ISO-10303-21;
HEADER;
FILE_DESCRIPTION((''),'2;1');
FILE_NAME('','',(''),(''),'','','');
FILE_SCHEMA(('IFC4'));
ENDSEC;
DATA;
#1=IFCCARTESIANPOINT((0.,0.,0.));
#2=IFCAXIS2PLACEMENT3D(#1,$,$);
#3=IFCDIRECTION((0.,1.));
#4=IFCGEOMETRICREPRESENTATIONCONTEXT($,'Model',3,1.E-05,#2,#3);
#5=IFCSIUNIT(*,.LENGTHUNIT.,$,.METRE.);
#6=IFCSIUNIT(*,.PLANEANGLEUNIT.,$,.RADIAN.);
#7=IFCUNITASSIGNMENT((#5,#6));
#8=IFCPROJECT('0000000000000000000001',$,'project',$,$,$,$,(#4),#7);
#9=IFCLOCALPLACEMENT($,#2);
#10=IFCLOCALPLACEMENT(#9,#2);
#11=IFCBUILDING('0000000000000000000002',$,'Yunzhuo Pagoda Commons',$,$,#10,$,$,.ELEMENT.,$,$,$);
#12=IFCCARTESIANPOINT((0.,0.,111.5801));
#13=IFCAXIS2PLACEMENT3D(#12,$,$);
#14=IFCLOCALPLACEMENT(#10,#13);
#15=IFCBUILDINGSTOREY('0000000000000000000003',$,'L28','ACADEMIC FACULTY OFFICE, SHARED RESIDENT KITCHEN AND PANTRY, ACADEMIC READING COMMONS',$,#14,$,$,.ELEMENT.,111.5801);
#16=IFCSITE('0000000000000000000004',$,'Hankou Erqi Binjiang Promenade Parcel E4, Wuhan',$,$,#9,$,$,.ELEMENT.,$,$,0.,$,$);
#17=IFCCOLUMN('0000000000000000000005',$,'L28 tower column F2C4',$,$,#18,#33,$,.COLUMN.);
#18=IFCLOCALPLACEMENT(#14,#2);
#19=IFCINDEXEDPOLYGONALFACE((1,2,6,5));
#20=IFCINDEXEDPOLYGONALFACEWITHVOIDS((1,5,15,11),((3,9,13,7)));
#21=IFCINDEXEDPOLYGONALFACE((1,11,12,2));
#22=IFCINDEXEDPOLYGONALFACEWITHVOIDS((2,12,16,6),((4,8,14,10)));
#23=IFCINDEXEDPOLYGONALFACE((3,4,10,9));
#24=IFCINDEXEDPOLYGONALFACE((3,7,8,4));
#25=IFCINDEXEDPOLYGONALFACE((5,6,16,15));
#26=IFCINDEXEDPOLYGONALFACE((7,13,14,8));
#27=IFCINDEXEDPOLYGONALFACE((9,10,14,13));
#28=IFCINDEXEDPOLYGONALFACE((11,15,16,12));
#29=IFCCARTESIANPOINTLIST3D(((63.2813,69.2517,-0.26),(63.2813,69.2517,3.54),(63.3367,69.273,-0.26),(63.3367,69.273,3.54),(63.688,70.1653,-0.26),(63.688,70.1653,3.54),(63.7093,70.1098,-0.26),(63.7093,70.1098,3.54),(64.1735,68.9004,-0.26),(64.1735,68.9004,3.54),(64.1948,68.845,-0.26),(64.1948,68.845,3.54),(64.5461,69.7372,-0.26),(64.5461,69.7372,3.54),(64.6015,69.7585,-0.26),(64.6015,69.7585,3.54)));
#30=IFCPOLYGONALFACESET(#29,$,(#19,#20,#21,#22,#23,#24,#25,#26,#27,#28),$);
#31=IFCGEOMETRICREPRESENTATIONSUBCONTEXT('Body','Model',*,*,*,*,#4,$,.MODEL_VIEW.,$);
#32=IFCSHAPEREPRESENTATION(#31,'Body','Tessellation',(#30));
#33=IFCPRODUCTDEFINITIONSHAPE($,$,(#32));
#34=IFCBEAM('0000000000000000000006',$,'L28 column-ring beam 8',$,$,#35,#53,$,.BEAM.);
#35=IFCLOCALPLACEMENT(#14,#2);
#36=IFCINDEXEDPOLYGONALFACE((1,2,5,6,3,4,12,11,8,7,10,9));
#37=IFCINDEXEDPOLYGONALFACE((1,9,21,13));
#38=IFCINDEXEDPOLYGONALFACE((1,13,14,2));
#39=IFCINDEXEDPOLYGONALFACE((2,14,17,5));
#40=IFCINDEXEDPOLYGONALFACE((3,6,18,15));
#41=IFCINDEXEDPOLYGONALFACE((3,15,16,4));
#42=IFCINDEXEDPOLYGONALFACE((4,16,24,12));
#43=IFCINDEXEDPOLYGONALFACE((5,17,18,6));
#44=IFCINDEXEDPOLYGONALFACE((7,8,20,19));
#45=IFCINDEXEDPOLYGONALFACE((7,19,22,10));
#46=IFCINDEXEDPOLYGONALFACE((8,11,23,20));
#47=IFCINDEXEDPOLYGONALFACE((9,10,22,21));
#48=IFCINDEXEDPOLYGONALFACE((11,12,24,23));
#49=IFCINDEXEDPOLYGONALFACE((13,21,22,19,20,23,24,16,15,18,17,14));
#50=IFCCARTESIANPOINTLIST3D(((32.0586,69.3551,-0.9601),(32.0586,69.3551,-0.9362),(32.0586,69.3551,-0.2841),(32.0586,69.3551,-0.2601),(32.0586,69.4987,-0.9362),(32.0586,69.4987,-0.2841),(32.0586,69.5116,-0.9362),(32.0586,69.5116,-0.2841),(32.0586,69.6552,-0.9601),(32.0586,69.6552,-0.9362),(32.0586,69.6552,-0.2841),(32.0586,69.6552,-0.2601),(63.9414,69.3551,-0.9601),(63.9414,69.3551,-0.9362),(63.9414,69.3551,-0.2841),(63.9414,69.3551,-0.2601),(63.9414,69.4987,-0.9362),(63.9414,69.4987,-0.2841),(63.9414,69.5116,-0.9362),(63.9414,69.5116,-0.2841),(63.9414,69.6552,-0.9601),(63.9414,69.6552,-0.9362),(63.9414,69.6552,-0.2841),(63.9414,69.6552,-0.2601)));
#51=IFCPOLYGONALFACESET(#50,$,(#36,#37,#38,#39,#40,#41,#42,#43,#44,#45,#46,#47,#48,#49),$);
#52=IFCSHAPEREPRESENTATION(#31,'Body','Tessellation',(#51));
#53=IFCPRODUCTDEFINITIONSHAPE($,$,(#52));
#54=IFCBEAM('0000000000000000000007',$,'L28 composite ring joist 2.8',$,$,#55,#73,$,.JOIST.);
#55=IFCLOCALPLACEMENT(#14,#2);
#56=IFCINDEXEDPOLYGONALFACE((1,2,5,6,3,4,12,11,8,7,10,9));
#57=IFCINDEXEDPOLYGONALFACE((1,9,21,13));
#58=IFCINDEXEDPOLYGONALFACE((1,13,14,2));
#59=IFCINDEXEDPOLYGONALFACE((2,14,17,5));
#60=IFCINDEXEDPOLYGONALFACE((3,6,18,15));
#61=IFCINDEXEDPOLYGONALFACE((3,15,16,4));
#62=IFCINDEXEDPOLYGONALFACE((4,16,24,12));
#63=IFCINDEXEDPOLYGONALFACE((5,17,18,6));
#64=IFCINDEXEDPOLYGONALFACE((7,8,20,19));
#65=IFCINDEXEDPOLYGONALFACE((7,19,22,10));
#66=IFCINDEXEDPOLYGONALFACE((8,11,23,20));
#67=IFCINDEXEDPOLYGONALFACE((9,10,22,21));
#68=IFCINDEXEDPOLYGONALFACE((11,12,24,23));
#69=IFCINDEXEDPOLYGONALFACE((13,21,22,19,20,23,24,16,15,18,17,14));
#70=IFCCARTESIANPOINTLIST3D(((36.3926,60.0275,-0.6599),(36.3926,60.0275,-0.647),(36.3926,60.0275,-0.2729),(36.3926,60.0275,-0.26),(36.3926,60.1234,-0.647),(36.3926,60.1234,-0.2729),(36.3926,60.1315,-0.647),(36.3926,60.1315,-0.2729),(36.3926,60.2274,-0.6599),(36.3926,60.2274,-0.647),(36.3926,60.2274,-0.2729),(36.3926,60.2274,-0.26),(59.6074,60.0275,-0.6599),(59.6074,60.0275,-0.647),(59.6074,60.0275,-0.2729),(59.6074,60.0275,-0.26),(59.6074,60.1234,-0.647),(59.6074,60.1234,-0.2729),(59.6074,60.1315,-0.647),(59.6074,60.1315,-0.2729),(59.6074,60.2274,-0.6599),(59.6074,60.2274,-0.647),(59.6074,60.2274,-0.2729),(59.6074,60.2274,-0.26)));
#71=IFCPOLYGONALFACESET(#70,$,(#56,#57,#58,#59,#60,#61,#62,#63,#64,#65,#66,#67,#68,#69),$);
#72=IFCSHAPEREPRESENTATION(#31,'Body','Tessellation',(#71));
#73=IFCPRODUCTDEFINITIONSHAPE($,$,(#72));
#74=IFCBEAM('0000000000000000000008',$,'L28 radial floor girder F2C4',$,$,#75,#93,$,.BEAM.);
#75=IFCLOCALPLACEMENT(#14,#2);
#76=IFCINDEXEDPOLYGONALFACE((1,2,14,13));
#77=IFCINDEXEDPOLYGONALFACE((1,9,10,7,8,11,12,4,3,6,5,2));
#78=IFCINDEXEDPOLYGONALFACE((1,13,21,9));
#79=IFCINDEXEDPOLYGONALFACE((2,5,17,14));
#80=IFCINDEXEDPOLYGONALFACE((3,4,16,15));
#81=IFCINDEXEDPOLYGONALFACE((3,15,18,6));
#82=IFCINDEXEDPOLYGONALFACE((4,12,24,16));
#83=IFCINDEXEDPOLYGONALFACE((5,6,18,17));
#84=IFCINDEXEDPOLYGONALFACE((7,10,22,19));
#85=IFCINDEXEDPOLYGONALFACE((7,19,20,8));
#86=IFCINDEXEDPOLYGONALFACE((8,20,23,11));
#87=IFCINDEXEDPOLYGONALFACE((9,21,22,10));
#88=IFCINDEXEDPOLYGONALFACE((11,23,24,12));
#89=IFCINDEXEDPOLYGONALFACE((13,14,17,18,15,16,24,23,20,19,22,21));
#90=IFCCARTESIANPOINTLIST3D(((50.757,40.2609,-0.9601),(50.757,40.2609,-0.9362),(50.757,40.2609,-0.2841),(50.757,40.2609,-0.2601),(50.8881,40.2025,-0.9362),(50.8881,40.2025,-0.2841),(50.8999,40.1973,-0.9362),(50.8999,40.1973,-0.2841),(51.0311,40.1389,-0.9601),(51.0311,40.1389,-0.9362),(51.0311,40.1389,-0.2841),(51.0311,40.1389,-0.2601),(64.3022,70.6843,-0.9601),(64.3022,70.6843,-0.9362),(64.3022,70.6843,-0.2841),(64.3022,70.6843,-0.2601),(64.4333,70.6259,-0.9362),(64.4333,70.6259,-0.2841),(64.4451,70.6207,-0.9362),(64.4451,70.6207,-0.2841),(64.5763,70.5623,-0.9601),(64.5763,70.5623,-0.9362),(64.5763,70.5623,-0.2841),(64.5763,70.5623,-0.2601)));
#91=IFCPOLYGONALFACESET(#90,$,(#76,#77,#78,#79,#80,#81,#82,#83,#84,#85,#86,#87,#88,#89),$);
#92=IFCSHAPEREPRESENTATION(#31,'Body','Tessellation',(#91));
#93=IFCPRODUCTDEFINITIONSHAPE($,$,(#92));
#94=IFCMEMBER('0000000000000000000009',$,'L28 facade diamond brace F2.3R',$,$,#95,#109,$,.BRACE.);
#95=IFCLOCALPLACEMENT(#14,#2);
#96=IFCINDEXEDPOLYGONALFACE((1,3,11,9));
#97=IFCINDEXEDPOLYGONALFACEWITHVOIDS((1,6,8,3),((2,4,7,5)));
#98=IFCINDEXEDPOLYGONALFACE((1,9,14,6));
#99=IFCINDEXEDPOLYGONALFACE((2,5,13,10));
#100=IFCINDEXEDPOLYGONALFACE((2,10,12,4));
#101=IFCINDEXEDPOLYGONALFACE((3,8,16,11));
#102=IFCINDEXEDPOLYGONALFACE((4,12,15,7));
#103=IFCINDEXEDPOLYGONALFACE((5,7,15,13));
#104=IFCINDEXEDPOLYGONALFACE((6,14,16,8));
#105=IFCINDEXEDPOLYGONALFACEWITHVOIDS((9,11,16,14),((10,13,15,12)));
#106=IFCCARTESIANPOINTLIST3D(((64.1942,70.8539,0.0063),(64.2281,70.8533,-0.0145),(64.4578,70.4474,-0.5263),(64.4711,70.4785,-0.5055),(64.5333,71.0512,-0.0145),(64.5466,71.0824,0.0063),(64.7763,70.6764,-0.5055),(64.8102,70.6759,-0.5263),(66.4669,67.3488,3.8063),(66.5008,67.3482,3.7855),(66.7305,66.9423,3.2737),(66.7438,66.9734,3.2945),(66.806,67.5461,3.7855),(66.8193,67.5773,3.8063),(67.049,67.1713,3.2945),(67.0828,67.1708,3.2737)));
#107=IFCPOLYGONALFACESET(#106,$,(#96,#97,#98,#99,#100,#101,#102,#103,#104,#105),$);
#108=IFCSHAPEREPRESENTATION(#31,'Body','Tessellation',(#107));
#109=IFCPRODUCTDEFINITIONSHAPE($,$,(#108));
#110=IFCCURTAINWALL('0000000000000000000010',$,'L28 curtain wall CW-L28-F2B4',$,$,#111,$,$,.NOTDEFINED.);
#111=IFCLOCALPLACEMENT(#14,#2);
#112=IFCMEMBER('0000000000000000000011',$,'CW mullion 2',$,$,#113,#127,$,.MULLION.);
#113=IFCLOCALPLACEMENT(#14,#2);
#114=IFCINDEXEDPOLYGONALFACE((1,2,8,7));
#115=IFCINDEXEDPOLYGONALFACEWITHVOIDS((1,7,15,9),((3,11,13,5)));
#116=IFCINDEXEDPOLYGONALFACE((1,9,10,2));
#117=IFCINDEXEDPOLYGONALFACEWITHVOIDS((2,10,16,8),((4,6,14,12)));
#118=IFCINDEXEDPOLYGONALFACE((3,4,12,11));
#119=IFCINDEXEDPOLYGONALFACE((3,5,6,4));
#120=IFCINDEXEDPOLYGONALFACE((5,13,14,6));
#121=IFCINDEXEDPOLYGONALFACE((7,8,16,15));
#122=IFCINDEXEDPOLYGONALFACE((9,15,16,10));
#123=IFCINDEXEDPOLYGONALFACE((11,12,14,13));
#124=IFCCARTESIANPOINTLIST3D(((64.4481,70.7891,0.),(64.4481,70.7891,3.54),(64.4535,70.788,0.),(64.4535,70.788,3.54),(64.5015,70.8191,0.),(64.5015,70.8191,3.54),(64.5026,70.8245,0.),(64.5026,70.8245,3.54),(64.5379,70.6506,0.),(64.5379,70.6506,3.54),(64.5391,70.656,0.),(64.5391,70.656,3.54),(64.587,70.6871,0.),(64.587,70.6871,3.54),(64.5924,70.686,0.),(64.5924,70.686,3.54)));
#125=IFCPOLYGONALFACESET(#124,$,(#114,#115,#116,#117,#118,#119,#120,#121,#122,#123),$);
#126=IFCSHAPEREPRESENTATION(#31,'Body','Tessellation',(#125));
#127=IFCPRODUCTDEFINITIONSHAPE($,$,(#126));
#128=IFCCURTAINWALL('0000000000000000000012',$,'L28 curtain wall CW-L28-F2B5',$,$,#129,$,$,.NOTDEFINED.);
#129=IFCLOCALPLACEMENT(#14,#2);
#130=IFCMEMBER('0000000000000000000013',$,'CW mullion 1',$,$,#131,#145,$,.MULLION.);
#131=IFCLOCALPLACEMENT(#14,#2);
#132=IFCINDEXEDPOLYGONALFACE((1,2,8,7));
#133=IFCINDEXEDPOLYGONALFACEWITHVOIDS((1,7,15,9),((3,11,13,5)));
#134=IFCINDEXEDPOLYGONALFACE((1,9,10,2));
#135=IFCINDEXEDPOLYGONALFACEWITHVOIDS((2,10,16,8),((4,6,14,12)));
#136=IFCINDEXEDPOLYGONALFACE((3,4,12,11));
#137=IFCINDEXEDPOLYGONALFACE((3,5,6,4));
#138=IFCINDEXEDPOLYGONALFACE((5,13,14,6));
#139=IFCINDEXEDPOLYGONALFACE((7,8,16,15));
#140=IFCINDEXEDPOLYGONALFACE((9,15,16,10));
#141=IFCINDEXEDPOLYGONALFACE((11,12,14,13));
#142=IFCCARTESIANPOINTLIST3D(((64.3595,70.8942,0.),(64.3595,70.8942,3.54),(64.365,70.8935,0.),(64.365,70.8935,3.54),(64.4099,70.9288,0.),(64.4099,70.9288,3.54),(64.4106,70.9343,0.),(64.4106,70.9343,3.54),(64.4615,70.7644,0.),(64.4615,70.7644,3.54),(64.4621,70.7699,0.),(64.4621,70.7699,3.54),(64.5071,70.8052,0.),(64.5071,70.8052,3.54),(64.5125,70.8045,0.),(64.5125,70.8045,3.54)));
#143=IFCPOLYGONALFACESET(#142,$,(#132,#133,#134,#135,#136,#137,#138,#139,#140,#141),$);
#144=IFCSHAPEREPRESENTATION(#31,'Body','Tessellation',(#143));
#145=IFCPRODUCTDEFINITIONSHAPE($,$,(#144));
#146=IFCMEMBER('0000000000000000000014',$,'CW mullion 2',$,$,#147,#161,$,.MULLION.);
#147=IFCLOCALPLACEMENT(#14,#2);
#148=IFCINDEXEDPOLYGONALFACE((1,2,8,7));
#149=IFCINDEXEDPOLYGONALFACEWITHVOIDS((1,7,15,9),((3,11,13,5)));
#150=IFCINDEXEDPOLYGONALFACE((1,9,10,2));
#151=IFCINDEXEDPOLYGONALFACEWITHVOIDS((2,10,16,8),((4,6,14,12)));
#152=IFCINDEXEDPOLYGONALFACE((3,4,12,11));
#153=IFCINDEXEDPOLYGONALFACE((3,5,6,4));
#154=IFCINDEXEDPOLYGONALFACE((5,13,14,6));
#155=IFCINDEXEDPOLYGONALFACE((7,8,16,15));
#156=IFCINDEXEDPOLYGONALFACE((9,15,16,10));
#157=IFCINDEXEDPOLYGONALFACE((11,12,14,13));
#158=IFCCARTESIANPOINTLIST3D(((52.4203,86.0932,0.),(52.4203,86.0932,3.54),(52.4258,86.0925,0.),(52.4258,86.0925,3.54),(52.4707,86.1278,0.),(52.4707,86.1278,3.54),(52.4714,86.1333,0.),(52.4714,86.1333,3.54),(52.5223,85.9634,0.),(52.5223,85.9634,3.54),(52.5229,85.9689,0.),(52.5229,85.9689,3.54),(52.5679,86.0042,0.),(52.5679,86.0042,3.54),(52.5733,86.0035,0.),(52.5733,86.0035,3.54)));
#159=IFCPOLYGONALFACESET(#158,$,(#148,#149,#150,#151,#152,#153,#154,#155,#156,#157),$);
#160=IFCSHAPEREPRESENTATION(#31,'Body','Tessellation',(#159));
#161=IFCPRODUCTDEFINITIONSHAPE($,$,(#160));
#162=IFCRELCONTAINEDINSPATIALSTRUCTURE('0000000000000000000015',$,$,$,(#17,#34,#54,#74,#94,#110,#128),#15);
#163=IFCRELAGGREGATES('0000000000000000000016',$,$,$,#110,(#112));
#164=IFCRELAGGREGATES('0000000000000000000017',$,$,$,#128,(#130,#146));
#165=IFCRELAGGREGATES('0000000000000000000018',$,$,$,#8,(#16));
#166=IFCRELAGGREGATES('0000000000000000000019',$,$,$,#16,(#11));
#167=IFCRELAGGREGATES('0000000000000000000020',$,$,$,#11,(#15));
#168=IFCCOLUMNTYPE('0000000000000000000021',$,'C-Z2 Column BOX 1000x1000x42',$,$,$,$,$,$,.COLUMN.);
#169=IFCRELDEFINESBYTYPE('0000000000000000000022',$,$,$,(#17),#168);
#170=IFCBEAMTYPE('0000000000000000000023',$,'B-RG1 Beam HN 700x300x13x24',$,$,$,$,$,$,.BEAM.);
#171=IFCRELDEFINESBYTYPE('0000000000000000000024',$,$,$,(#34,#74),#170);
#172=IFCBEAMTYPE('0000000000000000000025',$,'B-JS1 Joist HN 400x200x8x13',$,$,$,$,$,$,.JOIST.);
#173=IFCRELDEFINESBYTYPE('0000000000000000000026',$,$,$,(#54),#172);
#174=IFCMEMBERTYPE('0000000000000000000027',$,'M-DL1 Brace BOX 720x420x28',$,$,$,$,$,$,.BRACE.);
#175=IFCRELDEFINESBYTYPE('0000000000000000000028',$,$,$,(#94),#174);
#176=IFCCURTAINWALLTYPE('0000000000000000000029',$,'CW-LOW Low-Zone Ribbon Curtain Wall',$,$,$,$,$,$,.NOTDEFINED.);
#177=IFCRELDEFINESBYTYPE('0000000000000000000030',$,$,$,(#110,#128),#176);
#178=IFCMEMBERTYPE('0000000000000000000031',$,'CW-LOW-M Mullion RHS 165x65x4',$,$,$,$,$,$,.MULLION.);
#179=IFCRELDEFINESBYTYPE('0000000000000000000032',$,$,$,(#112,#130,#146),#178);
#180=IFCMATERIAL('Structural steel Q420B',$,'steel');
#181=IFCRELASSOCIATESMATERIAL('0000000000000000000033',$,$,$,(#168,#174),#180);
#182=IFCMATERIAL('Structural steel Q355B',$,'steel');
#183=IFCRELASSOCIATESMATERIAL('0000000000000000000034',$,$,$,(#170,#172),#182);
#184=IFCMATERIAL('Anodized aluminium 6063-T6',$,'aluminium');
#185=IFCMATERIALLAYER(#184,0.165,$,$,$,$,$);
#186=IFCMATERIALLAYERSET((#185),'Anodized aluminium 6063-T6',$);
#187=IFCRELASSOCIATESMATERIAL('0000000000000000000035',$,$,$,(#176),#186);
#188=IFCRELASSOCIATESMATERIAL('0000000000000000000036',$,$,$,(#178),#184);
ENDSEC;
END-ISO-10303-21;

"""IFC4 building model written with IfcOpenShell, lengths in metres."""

from ifc_helpers import new_model, si_unit, direction, frame, origin, origin_2d, place, context, subcontext, project, spatial, hollow_rectangle, i_section, extrude, source, transform, mapped, material, layer, layer_set, material_profile, profile_set, type_object, element, aggregate, save


model = new_model("IFC4")

# Units and contexts
model_context = context("Model", 3, precision=1e-05, world=origin(), true_north=direction((0.0, 1.0)))
body_context = subcontext(model_context, "Body", "Model", "MODEL_VIEW")
ifc_project = project(units=[si_unit("LENGTHUNIT", "METRE"), si_unit("PLANEANGLEUNIT", "RADIAN")], contexts=[model_context])

# Site, building, storey
site_placement = place(None, origin())
site = spatial("IfcSite", under=ifc_project, at=site_placement, Name="Hankou Erqi Binjiang Promenade Parcel E4, Wuhan", CompositionType="ELEMENT", RefElevation=0.0)
building_placement = place(site_placement, origin())
building = spatial("IfcBuilding", under=site, at=building_placement, Name="Yunzhuo Pagoda Commons", CompositionType="ELEMENT")
storey_placement = place(building_placement, frame((0.0, 0.0, 111.5801)))
storey = spatial("IfcBuildingStorey", under=building, at=storey_placement, Name="L28", Description="ACADEMIC FACULTY OFFICE, SHARED RESIDENT KITCHEN AND PANTRY, ACADEMIC READING COMMONS", CompositionType="ELEMENT", Elevation=111.5801)

# Column
ifc_material_1 = material(Name="Structural steel Q420B", Category="steel")
ifc_material_profile_1 = material_profile(ifc_material_1, hollow_rectangle(XDim=1.0, YDim=1.0, WallThickness=0.042, at=origin_2d()), Name="Structural steel Q420B")
ifc_profile_set_1 = profile_set([ifc_material_profile_1], Name="Structural steel Q420B")
column_type = type_object("IfcColumnType", Name="C-Z2 Column BOX 1000x1000x42", PredefinedType="COLUMN", material=ifc_profile_set_1)
shared_shape_1 = source(origin(), body_context, "Body", "SweptSolid", [
    extrude(hollow_rectangle(XDim=1.0, YDim=1.0, WallThickness=0.042, at=origin_2d()), origin(), (0.0, 0.0, 1.0), 3.8),
])
column_placement = place(storey_placement, frame((63.9414, 69.5051, -0.26), z_axis=(0.0, 0.0, 1.0), x_axis=(-0.913545, 0.406737, 0.0)))
element("IfcColumn", 1, at=column_placement, inside=storey, type_object=column_type, Name="L28 tower column F2C4", PredefinedType="COLUMN", context=body_context, shape_type="MappedRepresentation", body=[
    mapped(shared_shape_1, transform((0.0, 0.0, 0.0), scale=1.0)),
])

# Beams
ifc_material_2 = material(Name="Structural steel Q355B", Category="steel")
ifc_material_profile_2 = material_profile(ifc_material_2, i_section(OverallWidth=0.3, OverallDepth=0.7, WebThickness=0.0129, FlangeThickness=0.0239, at=origin_2d()), Name="Structural steel Q355B")
ifc_profile_set_2 = profile_set([ifc_material_profile_2], Name="Structural steel Q355B")
beam_type_1 = type_object("IfcBeamType", Name="B-RG1 Beam HN 700x300x13x24", PredefinedType="BEAM", material=ifc_profile_set_2)
shared_shape_2 = source(origin(), body_context, "Body", "SweptSolid", [
    extrude(i_section(OverallWidth=0.3, OverallDepth=0.7, WebThickness=0.0129, FlangeThickness=0.0239, at=origin_2d()), origin(), (0.0, 0.0, 1.0), 31.8828),
])
beam_1_placement = place(storey_placement, frame((63.9414, 69.5051, -0.6101), z_axis=(-1.0, 0.0, 0.0), x_axis=(0.0, -1.0, 0.0)))
element("IfcBeam", 2, at=beam_1_placement, inside=storey, type_object=beam_type_1, Name="L28 column-ring beam 8", PredefinedType="BEAM", context=body_context, shape_type="MappedRepresentation", body=[
    mapped(shared_shape_2, transform((0.0, 0.0, 0.0), scale=1.0)),
])
ifc_material_profile_3 = material_profile(ifc_material_2, i_section(OverallWidth=0.2, OverallDepth=0.3999, WebThickness=0.0081, FlangeThickness=0.0129, at=origin_2d()), Name="Structural steel Q355B")
ifc_profile_set_3 = profile_set([ifc_material_profile_3], Name="Structural steel Q355B")
beam_type_2 = type_object("IfcBeamType", Name="B-JS1 Joist HN 400x200x8x13", PredefinedType="JOIST", material=ifc_profile_set_3)
shared_shape_3 = source(origin(), body_context, "Body", "SweptSolid", [
    extrude(i_section(OverallWidth=0.2, OverallDepth=0.3999, WebThickness=0.0081, FlangeThickness=0.0129, at=origin_2d()), origin(), (0.0, 0.0, 1.0), 23.2148),
])
beam_2_placement = place(storey_placement, frame((59.6074, 60.1274, -0.46), z_axis=(-1.0, 0.0, 0.0), x_axis=(0.0, -1.0, 0.0)))
element("IfcBeam", 3, at=beam_2_placement, inside=storey, type_object=beam_type_2, Name="L28 composite ring joist 2.8", PredefinedType="JOIST", context=body_context, shape_type="MappedRepresentation", body=[
    mapped(shared_shape_3, transform((0.0, 0.0, 0.0), scale=1.0)),
])
shared_shape_4 = source(origin(), body_context, "Body", "SweptSolid", [
    extrude(i_section(OverallWidth=0.3, OverallDepth=0.7, WebThickness=0.0129, FlangeThickness=0.0239, at=origin_2d()), origin(), (0.0, 0.0, 1.0), 33.3025),
])
beam_3_placement = place(storey_placement, frame((64.4392, 70.6233, -0.6101), z_axis=(-0.406732, -0.913547, 0.0), x_axis=(0.913547, -0.406732, 0.0)))
element("IfcBeam", 4, at=beam_3_placement, inside=storey, type_object=beam_type_1, Name="L28 radial floor girder F2C4", PredefinedType="BEAM", context=body_context, shape_type="MappedRepresentation", body=[
    mapped(shared_shape_4, transform((0.0, 0.0, 0.0), scale=1.0)),
])

# Member
ifc_material_profile_4 = material_profile(ifc_material_1, hollow_rectangle(XDim=0.4199, YDim=0.72, WallThickness=0.0281, at=origin_2d()), Name="Structural steel Q420B")
ifc_profile_set_4 = profile_set([ifc_material_profile_4], Name="Structural steel Q420B")
member_type_1 = type_object("IfcMemberType", Name="M-DL1 Brace BOX 720x420x28", PredefinedType="BRACE", material=ifc_profile_set_4)
shared_shape_5 = source(origin(), body_context, "Body", "SweptSolid", [
    extrude(hollow_rectangle(XDim=0.4199, YDim=0.72, WallThickness=0.0281, at=origin_2d()), origin(), (0.0, 0.0, 1.0), 5.6472),
])
member_1_placement = place(storey_placement, frame((64.5022, 70.7649, -0.26), z_axis=(0.402444, -0.620678, 0.672902), x_axis=(0.839059, 0.544041, 0.0)))
element("IfcMember", 5, at=member_1_placement, inside=storey, type_object=member_type_1, Name="L28 facade diamond brace F2.3R", PredefinedType="BRACE", context=body_context, shape_type="MappedRepresentation", body=[
    mapped(shared_shape_5, transform((0.0, 0.0, 0.0), scale=1.0)),
])

# Curtain wall, member
ifc_material_3 = material(Name="Anodized aluminium 6063-T6", Category="aluminium")
ifc_layer_1 = layer(ifc_material_3, 0.165)
ifc_layer_set_1 = layer_set([ifc_layer_1], Name="Anodized aluminium 6063-T6")
curtain_wall_type = type_object("IfcCurtainWallType", Name="CW-LOW Low-Zone Ribbon Curtain Wall", PredefinedType="NOTDEFINED", material=ifc_layer_set_1)
curtain_wall_1_placement = place(storey_placement, origin())
curtain_wall_1 = element("IfcCurtainWall", 6, at=curtain_wall_1_placement, inside=storey, type_object=curtain_wall_type, Name="L28 curtain wall CW-L28-F2B4", PredefinedType="NOTDEFINED")
ifc_material_profile_5 = material_profile(ifc_material_3, hollow_rectangle(XDim=0.0649, YDim=0.165, WallThickness=0.0039, at=origin_2d()), Name="Anodized aluminium 6063-T6")
ifc_profile_set_5 = profile_set([ifc_material_profile_5], Name="Anodized aluminium 6063-T6")
member_type_2 = type_object("IfcMemberType", Name="CW-LOW-M Mullion RHS 165x65x4", PredefinedType="MULLION", material=ifc_profile_set_5)
shared_shape_6 = source(origin(), body_context, "Body", "SweptSolid", [
    extrude(hollow_rectangle(XDim=0.0649, YDim=0.165, WallThickness=0.0039, at=origin_2d()), origin(), (0.0, 0.0, 1.0), 3.54),
])
member_2_placement = place(storey_placement, frame((64.5203, 70.7375, 0.0), z_axis=(0.0, 0.0, 1.0), x_axis=(-0.839106, -0.543968, 0.0)))
member_2 = element("IfcMember", 7, at=member_2_placement, type_object=member_type_2, Name="CW mullion 2", PredefinedType="MULLION", context=body_context, shape_type="MappedRepresentation", body=[
    mapped(shared_shape_6, transform((0.0, 0.0, 0.0), scale=1.0)),
])

# Curtain wall, members
curtain_wall_2_placement = place(storey_placement, origin())
curtain_wall_2 = element("IfcCurtainWall", 8, at=curtain_wall_2_placement, inside=storey, type_object=curtain_wall_type, Name="L28 curtain wall CW-L28-F2B5", PredefinedType="NOTDEFINED")
member_3_placement = place(storey_placement, frame((64.436, 70.8494, 0.0), z_axis=(0.0, 0.0, 1.0), x_axis=(-0.786392, -0.617728, 0.0)))
member_3 = element("IfcMember", 9, at=member_3_placement, type_object=member_type_2, Name="CW mullion 1", PredefinedType="MULLION", context=body_context, shape_type="MappedRepresentation", body=[
    mapped(shared_shape_6, transform((0.0, 0.0, 0.0), scale=1.0)),
])
member_4_placement = place(storey_placement, frame((52.4968, 86.0483, 0.0), z_axis=(0.0, 0.0, 1.0), x_axis=(-0.786392, -0.617728, 0.0)))
member_4 = element("IfcMember", 10, at=member_4_placement, type_object=member_type_2, Name="CW mullion 2", PredefinedType="MULLION", context=body_context, shape_type="MappedRepresentation", body=[
    mapped(shared_shape_6, transform((0.0, 0.0, 0.0), scale=1.0)),
])

aggregate(curtain_wall_1, [member_2])

aggregate(curtain_wall_2, [member_3, member_4])

save(model, "model.ifc")
